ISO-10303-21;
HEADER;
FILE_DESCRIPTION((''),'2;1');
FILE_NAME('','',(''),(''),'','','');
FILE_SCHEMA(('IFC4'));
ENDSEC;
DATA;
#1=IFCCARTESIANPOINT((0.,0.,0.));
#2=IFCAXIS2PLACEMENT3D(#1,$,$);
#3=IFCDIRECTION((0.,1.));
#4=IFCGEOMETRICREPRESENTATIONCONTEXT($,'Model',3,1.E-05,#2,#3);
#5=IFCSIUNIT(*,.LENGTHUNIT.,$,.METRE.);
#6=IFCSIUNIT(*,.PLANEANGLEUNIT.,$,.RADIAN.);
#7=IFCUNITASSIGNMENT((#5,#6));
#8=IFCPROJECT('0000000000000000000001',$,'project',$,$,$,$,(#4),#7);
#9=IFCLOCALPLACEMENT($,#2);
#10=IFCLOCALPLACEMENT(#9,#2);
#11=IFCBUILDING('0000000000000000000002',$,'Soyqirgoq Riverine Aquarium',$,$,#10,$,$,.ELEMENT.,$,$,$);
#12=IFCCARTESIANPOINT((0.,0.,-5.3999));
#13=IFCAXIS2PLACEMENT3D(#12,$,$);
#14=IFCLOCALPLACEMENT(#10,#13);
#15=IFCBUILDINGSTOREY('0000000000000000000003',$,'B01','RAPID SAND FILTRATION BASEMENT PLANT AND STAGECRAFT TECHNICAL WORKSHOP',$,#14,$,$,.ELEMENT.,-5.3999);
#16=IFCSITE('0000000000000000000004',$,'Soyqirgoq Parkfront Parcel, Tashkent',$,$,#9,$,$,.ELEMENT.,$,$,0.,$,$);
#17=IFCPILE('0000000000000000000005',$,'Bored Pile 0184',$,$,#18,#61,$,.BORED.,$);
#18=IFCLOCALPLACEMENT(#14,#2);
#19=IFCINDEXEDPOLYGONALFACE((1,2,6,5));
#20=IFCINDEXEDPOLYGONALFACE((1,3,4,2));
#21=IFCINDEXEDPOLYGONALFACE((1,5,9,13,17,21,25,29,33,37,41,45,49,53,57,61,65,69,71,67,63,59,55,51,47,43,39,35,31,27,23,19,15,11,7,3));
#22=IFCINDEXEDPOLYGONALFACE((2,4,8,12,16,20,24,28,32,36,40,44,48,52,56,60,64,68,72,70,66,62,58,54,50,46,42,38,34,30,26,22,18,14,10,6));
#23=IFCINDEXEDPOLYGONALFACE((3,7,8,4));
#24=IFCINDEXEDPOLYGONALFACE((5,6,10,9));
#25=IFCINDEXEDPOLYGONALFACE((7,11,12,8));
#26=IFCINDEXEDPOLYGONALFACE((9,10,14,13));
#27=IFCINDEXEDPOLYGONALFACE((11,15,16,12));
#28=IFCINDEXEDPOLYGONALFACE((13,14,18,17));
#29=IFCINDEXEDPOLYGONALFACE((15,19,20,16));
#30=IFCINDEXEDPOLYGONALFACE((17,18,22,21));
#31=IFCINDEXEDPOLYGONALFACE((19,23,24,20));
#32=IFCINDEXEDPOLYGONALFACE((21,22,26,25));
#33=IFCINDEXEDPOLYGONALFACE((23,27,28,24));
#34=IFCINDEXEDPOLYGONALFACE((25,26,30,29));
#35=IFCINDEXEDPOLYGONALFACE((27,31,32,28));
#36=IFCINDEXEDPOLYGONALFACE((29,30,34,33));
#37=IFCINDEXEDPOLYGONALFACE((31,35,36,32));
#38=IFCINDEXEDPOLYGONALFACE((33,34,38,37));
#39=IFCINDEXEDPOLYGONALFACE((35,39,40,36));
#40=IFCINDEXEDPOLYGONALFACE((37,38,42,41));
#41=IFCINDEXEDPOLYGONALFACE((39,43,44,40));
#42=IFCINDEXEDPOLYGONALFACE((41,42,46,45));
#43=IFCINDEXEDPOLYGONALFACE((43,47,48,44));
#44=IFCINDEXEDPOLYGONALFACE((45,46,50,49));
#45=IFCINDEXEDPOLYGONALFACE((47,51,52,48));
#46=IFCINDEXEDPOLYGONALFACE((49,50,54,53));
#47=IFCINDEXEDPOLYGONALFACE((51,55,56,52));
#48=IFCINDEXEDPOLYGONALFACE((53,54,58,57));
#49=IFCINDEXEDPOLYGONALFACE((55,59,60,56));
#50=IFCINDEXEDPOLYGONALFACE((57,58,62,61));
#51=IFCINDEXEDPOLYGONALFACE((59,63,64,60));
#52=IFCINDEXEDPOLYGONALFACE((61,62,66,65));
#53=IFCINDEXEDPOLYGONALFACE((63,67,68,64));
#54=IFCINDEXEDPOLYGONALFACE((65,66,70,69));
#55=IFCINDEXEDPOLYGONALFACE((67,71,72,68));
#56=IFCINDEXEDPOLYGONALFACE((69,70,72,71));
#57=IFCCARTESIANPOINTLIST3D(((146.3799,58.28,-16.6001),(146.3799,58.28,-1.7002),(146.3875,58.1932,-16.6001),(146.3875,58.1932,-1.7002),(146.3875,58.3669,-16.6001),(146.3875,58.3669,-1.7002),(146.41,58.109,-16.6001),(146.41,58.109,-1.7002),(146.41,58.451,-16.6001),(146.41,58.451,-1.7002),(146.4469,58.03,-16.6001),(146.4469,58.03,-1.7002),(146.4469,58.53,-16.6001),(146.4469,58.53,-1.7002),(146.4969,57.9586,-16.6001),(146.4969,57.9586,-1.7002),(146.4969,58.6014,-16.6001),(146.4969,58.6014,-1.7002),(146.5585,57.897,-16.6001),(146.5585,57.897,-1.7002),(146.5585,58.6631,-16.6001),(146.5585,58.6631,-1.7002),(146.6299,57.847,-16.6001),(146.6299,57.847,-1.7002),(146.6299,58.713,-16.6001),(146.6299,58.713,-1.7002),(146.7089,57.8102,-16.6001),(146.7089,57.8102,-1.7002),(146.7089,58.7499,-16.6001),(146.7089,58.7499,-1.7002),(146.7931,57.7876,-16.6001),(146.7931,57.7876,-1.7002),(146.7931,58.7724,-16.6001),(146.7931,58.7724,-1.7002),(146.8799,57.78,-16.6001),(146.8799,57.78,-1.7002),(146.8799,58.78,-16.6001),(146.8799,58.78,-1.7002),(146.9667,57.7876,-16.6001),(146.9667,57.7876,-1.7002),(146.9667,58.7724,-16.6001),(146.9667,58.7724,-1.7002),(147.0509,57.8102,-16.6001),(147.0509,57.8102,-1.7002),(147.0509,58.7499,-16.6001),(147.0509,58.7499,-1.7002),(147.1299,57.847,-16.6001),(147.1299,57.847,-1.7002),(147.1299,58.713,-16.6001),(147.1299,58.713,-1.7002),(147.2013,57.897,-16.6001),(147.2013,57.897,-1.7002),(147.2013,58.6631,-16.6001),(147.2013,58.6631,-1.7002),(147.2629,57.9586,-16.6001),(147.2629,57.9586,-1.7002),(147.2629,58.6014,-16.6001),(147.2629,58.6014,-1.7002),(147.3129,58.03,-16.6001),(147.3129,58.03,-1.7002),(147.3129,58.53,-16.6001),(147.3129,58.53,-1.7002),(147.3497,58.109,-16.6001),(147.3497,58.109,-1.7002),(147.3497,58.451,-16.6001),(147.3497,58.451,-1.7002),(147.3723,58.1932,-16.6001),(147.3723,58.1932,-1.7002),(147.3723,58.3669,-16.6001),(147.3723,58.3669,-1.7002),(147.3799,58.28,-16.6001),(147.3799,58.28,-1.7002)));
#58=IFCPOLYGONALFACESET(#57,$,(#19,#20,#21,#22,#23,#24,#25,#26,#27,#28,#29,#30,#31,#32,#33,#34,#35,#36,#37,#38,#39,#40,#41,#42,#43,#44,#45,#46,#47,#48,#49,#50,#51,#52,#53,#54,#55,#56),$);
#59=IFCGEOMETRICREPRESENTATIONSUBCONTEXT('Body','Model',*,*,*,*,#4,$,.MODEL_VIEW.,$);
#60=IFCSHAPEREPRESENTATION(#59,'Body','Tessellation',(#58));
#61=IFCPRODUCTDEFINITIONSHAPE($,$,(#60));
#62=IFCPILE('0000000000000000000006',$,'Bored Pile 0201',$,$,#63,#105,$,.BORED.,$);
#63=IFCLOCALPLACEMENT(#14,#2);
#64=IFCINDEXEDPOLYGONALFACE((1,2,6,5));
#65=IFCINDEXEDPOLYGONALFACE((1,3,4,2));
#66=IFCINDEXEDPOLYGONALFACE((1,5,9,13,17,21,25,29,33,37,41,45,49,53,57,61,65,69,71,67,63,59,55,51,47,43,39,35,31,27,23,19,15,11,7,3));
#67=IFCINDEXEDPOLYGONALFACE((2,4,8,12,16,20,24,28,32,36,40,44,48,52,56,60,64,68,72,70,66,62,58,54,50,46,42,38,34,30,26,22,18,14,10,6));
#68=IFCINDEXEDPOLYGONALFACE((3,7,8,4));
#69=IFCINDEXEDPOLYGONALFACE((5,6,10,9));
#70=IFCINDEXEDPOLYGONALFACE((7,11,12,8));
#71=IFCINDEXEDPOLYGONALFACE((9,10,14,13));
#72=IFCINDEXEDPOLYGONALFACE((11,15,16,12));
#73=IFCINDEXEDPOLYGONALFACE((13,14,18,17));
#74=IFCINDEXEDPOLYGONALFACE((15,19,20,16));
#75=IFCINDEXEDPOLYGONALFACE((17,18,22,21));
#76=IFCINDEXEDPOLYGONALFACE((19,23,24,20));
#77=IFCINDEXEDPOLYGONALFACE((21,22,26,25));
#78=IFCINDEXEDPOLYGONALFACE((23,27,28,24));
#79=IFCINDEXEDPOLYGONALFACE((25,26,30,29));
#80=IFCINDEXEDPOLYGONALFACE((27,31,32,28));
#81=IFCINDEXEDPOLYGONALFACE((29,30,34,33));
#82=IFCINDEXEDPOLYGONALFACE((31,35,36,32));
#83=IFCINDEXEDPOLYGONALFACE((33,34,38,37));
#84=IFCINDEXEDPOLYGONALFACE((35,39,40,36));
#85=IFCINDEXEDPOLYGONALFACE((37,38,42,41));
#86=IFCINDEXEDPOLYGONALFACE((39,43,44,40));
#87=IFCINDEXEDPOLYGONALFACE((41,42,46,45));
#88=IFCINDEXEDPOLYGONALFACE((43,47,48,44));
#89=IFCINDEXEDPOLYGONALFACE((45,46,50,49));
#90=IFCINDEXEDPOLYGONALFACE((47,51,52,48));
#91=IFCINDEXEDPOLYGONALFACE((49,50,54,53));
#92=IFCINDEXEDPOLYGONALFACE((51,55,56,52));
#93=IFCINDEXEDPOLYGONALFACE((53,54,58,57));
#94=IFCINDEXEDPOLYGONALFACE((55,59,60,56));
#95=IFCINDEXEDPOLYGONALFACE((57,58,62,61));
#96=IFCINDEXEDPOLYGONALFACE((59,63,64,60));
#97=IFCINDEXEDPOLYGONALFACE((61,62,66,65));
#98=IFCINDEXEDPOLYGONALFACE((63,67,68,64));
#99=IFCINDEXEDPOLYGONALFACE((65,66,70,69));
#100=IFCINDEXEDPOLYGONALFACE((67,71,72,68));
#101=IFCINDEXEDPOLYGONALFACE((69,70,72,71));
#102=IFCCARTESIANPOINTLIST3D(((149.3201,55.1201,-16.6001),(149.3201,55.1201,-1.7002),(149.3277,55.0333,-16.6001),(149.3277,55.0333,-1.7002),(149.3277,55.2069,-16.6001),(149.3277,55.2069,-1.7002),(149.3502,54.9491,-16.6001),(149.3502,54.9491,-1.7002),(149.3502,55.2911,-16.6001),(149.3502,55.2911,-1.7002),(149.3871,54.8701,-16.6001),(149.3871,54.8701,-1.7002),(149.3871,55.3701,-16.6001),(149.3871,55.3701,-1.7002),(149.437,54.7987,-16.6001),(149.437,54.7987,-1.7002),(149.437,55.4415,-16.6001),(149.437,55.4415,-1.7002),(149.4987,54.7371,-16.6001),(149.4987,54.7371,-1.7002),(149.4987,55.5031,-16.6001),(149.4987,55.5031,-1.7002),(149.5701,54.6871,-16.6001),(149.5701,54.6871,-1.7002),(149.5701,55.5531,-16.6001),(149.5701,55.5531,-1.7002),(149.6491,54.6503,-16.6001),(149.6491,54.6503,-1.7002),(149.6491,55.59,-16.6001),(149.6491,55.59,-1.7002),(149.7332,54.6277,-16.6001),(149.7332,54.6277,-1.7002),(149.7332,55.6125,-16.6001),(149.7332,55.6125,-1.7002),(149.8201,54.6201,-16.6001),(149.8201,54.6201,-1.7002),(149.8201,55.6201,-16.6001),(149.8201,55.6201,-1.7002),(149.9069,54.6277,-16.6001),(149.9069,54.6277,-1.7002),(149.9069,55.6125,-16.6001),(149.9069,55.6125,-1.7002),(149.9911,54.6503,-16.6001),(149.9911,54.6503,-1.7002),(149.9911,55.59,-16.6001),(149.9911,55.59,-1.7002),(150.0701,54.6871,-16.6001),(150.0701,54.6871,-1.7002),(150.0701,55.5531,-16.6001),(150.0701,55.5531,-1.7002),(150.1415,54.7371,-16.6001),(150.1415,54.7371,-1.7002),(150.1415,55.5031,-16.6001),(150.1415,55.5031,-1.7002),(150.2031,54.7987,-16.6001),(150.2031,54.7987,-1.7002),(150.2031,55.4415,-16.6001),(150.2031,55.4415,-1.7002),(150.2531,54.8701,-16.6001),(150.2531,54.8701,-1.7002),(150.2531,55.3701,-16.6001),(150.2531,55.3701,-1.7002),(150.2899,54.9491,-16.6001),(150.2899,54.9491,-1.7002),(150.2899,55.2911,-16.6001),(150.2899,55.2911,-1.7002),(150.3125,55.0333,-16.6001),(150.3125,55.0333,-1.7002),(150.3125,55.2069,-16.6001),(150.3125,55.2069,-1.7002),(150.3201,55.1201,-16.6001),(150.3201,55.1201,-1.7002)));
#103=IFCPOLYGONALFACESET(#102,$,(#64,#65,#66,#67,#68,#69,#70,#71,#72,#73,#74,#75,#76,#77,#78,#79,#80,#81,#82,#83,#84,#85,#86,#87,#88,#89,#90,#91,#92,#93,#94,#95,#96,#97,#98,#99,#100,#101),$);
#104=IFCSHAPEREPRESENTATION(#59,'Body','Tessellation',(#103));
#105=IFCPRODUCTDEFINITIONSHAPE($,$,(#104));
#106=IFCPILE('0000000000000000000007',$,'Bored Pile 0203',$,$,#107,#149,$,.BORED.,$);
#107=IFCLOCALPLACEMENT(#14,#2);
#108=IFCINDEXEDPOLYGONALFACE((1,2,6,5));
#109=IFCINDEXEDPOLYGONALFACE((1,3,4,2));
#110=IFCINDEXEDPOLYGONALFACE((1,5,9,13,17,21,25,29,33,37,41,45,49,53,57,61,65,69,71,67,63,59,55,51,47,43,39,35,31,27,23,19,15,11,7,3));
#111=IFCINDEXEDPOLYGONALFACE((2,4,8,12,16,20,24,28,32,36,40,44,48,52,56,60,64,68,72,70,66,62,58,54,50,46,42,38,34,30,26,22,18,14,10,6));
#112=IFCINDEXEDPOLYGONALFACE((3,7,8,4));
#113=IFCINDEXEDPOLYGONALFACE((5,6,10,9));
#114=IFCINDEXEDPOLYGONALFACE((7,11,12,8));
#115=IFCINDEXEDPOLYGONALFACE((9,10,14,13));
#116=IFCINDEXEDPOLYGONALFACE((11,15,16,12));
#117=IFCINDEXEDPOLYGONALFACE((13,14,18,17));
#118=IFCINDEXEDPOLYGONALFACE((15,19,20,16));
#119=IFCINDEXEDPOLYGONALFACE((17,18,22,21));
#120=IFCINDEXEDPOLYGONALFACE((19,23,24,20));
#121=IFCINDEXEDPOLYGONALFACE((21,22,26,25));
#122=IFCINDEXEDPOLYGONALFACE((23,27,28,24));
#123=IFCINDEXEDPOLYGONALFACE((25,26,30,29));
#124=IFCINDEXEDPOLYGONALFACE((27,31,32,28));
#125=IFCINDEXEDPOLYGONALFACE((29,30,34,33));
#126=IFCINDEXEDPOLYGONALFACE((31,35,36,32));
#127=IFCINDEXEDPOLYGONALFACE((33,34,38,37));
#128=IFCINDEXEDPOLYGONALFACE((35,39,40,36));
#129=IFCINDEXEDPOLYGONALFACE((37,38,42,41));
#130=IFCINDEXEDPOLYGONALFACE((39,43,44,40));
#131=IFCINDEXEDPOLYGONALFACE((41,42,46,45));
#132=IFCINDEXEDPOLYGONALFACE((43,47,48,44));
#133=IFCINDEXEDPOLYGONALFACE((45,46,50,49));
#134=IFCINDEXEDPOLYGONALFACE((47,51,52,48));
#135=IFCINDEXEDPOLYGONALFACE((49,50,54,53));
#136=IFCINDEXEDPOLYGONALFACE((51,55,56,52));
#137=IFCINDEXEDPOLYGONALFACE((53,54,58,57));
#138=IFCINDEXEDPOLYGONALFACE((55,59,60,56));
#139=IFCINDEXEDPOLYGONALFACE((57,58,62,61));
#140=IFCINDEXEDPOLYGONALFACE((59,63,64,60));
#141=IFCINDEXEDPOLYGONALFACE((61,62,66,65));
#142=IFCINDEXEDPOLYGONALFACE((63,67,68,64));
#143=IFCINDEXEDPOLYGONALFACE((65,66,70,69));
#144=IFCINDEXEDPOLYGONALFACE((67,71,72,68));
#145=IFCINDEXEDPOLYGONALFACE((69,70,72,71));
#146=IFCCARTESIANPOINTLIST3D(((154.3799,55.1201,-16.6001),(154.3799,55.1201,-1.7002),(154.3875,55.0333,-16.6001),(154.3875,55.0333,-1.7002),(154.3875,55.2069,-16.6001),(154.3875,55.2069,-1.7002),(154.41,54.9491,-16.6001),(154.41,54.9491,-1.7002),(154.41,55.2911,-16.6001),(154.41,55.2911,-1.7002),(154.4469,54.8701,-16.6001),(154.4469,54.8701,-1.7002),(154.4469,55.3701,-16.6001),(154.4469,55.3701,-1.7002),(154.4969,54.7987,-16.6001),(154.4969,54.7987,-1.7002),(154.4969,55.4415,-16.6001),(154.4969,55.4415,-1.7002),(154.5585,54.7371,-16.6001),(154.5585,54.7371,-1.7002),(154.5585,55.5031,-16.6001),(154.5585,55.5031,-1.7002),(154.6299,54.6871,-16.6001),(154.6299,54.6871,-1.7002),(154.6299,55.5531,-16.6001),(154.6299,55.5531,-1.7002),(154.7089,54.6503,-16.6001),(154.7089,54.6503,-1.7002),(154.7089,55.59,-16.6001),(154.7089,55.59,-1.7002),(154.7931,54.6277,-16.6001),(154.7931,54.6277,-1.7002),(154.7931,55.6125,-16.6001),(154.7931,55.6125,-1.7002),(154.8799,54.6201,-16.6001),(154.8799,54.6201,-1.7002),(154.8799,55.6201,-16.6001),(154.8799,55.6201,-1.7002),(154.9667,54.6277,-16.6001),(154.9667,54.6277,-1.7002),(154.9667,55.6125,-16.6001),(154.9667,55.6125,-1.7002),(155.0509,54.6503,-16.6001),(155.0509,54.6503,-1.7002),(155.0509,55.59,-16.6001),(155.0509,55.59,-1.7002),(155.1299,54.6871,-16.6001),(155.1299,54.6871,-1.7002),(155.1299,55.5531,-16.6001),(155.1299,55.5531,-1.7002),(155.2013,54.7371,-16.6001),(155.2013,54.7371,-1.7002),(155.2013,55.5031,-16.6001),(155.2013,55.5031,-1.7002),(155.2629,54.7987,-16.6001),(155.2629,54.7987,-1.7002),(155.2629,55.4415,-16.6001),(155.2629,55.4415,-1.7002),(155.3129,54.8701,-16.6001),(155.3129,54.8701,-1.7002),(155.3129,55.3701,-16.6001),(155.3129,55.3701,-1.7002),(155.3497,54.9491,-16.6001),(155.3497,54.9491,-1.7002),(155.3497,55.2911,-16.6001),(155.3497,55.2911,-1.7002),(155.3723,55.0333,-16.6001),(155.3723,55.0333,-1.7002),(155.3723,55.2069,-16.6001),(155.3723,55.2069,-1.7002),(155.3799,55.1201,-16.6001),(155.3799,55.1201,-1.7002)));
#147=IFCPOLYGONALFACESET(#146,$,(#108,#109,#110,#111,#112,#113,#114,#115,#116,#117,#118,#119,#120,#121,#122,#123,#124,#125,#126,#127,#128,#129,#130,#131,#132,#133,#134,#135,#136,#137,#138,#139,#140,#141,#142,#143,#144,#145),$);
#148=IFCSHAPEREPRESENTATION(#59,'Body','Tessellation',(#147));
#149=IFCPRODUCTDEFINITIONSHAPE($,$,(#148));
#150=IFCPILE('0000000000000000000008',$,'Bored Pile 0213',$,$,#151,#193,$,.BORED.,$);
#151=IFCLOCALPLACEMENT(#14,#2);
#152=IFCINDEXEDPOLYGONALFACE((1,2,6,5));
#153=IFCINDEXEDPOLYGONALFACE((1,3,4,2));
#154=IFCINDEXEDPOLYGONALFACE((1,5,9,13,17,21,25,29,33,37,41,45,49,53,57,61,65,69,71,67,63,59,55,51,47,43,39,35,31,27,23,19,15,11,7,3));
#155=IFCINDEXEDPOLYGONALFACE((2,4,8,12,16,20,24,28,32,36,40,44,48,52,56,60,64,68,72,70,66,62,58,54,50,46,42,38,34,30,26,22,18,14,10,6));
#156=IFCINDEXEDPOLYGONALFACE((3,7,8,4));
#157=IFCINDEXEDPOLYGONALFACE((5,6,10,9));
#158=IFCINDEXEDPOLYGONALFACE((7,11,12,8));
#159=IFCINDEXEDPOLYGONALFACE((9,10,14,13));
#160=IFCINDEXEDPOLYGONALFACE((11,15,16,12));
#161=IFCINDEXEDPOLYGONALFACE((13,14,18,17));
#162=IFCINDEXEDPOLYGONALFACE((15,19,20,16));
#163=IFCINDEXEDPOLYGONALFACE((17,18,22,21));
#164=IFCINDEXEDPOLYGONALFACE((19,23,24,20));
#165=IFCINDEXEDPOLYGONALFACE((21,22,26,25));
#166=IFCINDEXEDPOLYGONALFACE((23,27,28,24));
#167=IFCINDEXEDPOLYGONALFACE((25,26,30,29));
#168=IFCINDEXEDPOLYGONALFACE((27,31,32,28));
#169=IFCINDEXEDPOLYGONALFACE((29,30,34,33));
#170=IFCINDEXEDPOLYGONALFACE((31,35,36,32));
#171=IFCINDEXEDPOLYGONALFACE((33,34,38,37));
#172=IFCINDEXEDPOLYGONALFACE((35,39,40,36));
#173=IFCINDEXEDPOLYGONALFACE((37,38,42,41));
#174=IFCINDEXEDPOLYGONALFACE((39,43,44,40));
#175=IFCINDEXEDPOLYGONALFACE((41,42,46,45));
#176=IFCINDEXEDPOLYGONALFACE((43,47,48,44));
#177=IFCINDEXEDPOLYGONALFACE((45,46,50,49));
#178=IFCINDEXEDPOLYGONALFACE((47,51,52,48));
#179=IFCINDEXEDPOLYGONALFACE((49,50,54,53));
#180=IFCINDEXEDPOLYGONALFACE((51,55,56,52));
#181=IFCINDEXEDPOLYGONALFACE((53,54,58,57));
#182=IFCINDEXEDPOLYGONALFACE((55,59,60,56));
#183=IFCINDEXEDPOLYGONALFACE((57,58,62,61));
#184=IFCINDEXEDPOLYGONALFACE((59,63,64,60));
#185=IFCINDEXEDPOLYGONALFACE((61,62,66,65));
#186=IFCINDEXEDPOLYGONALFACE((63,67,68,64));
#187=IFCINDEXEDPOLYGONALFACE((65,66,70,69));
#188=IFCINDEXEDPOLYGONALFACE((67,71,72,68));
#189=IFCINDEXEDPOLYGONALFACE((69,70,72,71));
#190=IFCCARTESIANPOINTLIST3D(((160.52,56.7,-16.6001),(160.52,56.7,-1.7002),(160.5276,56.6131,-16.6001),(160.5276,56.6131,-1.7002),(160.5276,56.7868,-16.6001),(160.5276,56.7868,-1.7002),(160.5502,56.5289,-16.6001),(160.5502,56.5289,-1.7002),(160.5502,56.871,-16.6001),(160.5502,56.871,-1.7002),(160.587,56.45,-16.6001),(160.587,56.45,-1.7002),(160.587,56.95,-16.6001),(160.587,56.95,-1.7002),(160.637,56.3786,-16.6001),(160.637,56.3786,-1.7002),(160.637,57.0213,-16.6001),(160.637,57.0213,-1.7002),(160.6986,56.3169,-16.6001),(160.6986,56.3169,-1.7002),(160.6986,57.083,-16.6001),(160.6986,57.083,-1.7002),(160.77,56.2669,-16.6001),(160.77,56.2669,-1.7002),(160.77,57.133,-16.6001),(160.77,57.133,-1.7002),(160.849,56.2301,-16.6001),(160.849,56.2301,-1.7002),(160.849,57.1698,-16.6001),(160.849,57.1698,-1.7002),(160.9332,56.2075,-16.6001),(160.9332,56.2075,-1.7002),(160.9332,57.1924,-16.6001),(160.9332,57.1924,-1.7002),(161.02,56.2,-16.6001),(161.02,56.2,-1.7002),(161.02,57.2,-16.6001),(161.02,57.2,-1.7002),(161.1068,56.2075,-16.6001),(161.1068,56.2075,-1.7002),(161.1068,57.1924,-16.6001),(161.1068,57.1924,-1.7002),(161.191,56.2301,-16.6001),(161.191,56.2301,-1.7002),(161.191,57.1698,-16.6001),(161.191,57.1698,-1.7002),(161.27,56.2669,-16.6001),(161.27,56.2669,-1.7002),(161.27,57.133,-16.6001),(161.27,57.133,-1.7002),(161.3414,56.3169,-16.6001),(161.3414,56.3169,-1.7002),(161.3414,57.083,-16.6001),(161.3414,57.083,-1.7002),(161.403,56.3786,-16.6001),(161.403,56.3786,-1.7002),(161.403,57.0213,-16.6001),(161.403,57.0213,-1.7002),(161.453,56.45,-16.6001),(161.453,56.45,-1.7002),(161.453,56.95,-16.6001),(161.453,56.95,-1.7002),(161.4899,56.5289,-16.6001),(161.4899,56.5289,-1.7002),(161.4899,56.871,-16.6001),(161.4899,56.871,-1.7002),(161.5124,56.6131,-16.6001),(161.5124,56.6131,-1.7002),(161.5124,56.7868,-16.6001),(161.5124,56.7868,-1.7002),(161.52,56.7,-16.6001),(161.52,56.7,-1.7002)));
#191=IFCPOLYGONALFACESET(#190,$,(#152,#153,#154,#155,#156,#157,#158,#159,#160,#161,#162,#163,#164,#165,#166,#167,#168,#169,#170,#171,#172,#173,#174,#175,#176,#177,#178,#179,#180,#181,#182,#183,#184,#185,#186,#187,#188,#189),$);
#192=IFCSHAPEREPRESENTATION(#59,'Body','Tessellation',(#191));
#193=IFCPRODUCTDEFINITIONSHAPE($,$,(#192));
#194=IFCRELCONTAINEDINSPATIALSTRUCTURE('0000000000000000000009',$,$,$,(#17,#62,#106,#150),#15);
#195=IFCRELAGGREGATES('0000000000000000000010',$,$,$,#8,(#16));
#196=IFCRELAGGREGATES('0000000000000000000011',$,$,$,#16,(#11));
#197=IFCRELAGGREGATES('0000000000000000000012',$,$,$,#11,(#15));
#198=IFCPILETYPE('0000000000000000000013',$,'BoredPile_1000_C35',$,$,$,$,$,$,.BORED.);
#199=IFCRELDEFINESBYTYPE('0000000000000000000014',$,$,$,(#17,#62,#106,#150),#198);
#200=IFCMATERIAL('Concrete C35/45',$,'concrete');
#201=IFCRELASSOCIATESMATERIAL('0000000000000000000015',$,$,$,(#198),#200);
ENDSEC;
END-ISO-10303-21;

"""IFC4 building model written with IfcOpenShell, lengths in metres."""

from ifc_helpers import new_model, si_unit, direction, frame, origin, origin_2d, place, context, subcontext, project, spatial, circle, extrude, material, material_profile, profile_set, type_object, element, save


model = new_model("IFC4")

# Units and contexts
model_context = context("Model", 3, precision=1e-05, world=origin(), true_north=direction((0.0, 1.0)))
body_context = subcontext(model_context, "Body", "Model", "MODEL_VIEW")
ifc_project = project(units=[si_unit("LENGTHUNIT", "METRE"), si_unit("PLANEANGLEUNIT", "RADIAN")], contexts=[model_context])

# Site, building, storey
site_placement = place(None, origin())
site = spatial("IfcSite", under=ifc_project, at=site_placement, Name="Soyqirgoq Parkfront Parcel, Tashkent", CompositionType="ELEMENT", RefElevation=0.0)
building_placement = place(site_placement, origin())
building = spatial("IfcBuilding", under=site, at=building_placement, Name="Soyqirgoq Riverine Aquarium", CompositionType="ELEMENT")
storey_placement = place(building_placement, frame((0.0, 0.0, -5.3999)))
storey = spatial("IfcBuildingStorey", under=building, at=storey_placement, Name="B01", Description="RAPID SAND FILTRATION BASEMENT PLANT AND STAGECRAFT TECHNICAL WORKSHOP", CompositionType="ELEMENT", Elevation=-5.3999)

# Piles
ifc_material_1 = material(Name="Concrete C35/45", Category="concrete")
ifc_material_profile_1 = material_profile(ifc_material_1, circle(Radius=0.5, at=origin_2d()), Name="BP D1000")
ifc_profile_set_1 = profile_set([ifc_material_profile_1], Name="Concrete C35/45")
pile_type_1 = type_object("IfcPileType", Name="BoredPile_1000_C35", PredefinedType="BORED", material=ifc_profile_set_1)
for number, where, z_axis, x_axis, name in (
    (1, (146.8799, 58.28, -1.7002), (0.0, 0.0, -1.0), (1.0, 0.0, 0.0), "Bored Pile 0184"),
    (2, (149.8201, 55.1201, -1.7002), (0.0, 0.0, -1.0), (1.0, 0.0, 0.0), "Bored Pile 0201"),
    (3, (154.8799, 55.1201, -1.7002), (0.0, 0.0, -1.0), (1.0, 0.0, 0.0), "Bored Pile 0203"),
    (4, (161.02, 56.7, -1.7002), (0.0, 0.0, -1.0), (1.0, 0.0, 0.0), "Bored Pile 0213"),
):
    element("IfcPile", number, at=place(storey_placement, frame(where, z_axis=z_axis, x_axis=x_axis)), inside=storey, type_object=pile_type_1, Name=name, PredefinedType="BORED", context=body_context, shape_type="SweptSolid", body=[
        extrude(circle(Radius=0.5, at=origin_2d()), origin(), (0.0, 0.0, 1.0), 14.8999),
    ])

save(model, "model.ifc")
